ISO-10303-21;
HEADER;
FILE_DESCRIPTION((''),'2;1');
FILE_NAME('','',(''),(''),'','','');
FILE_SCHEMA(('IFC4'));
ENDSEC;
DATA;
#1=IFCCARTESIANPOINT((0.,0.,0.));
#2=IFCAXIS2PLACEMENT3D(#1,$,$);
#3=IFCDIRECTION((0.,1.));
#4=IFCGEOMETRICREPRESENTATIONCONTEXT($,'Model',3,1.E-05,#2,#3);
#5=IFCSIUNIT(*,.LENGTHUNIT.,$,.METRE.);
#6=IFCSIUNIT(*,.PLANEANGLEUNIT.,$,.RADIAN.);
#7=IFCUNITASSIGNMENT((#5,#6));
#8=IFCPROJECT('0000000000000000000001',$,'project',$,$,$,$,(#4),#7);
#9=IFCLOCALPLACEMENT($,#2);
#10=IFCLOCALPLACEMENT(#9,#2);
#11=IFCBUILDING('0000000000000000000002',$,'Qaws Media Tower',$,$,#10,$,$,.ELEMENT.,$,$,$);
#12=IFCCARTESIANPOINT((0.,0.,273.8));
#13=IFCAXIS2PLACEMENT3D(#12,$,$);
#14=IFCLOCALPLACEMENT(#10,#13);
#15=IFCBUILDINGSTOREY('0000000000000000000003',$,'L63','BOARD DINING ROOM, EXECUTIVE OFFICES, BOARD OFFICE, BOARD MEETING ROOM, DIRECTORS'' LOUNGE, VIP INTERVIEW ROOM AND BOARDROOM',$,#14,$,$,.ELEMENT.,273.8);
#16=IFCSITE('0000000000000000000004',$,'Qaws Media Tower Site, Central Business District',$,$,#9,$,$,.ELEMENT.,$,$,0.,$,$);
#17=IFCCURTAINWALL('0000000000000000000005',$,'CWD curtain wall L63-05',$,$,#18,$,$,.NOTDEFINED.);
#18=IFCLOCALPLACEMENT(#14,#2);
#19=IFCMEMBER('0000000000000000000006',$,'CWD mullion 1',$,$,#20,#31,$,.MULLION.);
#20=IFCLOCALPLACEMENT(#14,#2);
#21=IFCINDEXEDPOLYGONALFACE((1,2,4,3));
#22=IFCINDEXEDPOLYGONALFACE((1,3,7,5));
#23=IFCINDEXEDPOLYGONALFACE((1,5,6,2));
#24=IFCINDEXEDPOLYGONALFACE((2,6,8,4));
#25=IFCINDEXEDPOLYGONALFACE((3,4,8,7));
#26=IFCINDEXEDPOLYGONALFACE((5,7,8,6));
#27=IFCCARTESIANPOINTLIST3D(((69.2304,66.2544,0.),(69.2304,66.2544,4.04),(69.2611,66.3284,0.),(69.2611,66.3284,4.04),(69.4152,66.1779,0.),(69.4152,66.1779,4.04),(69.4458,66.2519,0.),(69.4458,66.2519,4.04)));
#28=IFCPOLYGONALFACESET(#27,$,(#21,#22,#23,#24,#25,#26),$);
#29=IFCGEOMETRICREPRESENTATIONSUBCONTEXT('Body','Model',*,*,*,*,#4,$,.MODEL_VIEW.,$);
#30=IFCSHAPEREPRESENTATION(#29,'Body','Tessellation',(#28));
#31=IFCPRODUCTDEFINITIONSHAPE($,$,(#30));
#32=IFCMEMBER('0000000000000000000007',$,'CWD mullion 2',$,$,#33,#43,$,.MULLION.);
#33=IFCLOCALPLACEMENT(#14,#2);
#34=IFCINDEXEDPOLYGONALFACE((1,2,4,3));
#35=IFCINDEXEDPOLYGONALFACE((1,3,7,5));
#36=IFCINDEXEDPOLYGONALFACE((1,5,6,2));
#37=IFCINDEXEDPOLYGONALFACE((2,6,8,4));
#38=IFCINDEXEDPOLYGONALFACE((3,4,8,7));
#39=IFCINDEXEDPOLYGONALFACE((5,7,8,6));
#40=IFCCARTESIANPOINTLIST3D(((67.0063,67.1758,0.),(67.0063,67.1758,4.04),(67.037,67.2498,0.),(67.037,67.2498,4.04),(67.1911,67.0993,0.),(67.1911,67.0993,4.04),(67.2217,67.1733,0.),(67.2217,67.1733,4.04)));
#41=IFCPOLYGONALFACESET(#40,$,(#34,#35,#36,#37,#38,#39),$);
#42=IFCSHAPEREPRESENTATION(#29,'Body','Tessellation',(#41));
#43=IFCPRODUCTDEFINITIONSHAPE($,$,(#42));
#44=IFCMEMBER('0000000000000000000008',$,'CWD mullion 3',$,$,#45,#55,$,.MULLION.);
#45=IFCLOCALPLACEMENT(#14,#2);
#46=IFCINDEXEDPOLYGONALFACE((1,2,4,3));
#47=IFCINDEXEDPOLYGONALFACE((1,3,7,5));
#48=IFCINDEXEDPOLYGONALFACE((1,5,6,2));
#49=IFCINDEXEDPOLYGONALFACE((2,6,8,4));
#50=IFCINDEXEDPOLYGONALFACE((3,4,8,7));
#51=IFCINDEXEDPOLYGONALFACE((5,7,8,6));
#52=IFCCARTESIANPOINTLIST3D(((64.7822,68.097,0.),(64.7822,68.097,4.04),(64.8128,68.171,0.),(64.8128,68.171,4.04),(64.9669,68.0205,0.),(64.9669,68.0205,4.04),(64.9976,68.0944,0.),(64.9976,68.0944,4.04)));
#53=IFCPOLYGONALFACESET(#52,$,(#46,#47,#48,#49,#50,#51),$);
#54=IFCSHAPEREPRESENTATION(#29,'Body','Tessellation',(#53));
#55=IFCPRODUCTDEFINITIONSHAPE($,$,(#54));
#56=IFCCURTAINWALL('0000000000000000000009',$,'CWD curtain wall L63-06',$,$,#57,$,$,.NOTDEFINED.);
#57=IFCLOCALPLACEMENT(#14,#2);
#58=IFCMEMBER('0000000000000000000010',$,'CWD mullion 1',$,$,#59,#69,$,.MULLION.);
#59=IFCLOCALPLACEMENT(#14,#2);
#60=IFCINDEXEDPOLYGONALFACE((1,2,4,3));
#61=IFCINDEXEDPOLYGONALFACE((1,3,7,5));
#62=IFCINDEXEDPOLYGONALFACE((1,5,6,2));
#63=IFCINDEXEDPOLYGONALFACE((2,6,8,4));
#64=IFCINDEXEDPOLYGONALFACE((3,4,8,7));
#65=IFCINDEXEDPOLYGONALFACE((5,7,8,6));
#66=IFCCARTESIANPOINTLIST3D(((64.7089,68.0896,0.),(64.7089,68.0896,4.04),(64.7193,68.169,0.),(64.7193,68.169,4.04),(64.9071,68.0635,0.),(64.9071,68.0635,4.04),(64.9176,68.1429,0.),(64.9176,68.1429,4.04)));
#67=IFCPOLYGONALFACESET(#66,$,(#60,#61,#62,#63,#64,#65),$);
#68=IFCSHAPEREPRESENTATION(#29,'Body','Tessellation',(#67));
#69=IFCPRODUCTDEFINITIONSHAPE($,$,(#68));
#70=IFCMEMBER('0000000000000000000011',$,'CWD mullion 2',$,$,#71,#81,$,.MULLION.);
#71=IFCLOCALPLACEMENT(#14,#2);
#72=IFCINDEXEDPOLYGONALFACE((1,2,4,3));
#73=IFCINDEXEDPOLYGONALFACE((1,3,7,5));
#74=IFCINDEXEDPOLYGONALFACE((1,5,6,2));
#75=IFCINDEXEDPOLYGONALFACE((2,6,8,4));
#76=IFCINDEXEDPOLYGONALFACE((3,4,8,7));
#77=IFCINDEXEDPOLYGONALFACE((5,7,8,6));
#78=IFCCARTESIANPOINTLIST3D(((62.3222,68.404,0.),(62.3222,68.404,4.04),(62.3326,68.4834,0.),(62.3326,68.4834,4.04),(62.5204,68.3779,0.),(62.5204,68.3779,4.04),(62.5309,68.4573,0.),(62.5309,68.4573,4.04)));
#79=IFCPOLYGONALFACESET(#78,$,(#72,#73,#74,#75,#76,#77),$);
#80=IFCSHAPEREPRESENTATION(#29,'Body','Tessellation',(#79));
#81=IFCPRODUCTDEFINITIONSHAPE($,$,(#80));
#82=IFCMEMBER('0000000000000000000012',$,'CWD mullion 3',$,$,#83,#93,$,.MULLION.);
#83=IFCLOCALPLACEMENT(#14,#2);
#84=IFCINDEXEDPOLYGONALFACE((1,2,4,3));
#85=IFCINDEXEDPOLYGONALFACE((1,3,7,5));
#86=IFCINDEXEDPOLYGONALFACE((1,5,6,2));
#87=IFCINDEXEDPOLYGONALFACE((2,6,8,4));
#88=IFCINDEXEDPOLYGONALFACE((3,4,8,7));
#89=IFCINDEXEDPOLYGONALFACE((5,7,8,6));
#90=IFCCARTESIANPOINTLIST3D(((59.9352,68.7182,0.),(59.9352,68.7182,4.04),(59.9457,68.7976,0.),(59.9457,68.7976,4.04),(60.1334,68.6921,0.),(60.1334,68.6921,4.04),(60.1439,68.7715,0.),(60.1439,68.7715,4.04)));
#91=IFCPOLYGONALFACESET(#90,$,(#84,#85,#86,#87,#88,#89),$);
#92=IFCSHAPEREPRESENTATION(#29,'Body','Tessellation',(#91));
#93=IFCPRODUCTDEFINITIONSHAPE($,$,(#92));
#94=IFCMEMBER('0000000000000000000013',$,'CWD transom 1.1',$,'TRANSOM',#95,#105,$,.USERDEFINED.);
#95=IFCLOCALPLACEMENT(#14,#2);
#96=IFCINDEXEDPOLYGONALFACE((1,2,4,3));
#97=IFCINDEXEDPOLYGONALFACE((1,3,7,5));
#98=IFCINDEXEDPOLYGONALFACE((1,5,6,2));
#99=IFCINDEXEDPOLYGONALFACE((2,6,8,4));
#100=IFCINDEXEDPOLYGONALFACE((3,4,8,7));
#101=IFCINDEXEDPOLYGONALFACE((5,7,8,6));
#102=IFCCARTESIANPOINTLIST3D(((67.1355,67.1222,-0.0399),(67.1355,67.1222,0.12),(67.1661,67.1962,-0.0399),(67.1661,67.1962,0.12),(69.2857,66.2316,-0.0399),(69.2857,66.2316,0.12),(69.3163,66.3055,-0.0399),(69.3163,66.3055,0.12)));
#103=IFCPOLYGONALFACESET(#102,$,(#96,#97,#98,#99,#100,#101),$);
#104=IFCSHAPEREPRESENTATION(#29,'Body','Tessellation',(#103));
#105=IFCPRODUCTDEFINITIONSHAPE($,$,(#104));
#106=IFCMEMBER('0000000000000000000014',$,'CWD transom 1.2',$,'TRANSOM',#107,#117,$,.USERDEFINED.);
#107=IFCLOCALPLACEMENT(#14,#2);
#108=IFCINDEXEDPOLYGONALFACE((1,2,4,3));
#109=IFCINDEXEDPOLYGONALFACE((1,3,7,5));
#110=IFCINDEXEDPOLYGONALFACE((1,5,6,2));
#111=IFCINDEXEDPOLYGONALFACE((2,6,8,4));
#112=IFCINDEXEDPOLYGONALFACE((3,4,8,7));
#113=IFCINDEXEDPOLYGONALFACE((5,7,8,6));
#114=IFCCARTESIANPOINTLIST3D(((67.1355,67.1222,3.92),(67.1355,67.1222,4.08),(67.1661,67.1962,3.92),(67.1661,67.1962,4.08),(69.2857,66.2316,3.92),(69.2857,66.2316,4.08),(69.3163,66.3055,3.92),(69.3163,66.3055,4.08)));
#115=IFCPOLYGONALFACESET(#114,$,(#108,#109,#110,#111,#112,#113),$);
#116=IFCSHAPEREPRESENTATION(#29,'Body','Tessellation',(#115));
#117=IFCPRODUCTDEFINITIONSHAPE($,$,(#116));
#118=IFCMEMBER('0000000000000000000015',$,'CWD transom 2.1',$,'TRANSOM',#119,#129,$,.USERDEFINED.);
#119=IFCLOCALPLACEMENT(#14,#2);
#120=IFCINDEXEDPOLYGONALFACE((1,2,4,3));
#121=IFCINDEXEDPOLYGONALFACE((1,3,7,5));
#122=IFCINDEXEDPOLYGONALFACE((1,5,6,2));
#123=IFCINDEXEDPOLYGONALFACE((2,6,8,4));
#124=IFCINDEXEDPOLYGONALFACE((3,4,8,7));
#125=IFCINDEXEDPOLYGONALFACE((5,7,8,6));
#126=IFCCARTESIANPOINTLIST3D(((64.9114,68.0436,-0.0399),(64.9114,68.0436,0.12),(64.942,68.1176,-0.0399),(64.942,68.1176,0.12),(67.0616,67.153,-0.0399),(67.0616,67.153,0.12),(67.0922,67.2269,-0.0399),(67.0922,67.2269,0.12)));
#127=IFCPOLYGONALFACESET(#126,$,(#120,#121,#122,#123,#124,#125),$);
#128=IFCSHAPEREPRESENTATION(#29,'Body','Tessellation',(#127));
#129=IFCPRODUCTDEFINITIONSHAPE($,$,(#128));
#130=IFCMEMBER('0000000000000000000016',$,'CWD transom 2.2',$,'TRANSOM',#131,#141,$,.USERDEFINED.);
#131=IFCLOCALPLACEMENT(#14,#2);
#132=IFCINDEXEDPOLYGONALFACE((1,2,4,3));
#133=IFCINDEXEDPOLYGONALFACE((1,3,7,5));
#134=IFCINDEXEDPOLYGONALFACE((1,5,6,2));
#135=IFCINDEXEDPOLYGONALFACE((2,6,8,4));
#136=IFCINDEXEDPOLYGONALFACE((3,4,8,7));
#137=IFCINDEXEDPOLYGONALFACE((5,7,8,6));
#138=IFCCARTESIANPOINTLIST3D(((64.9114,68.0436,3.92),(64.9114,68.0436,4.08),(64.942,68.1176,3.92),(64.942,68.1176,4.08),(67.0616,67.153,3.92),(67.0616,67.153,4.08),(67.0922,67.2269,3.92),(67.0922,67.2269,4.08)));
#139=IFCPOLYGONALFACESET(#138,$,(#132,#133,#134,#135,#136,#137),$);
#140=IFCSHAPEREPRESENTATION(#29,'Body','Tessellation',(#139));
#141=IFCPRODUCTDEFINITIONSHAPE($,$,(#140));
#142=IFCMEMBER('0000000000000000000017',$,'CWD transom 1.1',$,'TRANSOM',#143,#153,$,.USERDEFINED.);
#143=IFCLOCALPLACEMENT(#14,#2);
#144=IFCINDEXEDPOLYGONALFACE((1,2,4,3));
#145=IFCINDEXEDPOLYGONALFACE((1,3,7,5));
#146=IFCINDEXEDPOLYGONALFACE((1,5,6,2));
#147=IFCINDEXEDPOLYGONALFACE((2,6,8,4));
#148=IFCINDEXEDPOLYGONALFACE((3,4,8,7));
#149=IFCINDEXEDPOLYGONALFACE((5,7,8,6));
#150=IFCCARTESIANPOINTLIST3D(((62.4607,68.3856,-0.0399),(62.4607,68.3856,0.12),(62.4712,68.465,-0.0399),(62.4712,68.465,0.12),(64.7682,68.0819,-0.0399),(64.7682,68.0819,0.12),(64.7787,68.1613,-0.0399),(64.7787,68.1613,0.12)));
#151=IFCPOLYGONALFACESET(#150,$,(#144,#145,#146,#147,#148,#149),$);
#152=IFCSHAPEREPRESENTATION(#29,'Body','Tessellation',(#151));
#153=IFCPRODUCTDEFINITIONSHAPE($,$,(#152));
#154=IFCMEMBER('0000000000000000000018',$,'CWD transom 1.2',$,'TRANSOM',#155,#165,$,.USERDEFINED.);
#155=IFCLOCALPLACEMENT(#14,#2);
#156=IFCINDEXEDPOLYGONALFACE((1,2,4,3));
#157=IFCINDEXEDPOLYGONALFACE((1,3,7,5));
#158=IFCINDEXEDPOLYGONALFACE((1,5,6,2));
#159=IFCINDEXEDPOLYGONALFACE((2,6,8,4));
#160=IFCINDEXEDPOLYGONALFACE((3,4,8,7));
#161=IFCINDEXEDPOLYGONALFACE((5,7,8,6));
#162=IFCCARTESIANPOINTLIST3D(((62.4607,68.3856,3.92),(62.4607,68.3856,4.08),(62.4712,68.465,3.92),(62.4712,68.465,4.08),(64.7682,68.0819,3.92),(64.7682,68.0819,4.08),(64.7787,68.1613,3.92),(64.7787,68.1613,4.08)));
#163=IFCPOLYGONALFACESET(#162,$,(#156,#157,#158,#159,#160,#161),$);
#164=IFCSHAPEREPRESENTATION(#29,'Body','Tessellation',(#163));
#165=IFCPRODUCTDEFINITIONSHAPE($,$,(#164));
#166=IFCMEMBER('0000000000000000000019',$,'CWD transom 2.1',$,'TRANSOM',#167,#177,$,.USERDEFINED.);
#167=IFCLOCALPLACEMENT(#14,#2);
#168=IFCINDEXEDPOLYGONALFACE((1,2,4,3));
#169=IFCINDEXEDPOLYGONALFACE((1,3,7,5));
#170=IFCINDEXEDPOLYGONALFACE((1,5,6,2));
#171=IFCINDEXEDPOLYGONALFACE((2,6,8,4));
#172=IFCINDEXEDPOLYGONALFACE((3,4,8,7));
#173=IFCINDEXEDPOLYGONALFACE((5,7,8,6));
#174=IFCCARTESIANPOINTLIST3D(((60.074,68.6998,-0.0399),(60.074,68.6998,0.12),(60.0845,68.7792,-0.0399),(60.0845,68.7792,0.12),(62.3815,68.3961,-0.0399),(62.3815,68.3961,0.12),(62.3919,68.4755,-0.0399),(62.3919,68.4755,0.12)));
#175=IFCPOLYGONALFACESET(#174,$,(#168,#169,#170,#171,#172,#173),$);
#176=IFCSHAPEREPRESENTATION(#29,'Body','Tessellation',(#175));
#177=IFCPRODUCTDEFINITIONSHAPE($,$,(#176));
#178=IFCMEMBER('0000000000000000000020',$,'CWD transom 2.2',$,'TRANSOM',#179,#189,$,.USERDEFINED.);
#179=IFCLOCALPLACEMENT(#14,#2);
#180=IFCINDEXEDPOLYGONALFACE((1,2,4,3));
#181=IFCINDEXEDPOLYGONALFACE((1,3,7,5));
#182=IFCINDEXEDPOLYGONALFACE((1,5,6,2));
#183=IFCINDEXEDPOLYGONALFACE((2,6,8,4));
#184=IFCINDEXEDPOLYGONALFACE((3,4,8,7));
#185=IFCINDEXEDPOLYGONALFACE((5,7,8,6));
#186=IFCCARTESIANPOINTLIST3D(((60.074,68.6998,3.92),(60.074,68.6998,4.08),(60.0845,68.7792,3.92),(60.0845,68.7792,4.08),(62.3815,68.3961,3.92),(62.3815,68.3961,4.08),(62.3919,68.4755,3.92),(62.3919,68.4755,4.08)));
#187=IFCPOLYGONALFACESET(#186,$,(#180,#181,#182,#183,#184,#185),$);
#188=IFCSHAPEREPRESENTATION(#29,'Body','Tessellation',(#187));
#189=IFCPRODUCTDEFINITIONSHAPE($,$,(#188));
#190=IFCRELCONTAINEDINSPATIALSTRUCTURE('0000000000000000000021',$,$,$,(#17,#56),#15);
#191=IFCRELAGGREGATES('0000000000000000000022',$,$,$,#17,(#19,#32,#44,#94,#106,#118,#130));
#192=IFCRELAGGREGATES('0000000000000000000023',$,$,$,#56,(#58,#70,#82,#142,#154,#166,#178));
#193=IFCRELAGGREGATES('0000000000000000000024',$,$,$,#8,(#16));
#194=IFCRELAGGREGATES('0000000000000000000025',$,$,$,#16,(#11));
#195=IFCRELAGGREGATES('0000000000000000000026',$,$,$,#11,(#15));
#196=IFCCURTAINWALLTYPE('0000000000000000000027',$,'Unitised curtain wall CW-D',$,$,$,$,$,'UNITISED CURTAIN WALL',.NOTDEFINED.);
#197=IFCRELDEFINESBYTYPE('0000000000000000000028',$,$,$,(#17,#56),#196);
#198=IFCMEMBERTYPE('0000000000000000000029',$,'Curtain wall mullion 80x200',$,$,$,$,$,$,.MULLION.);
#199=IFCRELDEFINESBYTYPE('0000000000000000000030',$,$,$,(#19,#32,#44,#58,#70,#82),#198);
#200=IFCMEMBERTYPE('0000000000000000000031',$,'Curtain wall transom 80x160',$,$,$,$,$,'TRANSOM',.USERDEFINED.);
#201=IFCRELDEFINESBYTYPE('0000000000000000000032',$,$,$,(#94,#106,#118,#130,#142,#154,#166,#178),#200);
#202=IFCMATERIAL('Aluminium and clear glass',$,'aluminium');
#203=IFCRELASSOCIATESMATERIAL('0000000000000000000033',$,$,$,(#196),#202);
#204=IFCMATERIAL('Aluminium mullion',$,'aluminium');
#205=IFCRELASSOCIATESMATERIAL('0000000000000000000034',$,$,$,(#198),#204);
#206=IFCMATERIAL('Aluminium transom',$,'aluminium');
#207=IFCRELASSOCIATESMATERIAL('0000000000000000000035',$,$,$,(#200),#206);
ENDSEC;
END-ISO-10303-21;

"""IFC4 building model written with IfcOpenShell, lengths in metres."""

from ifc_helpers import new_model, si_unit, direction, frame, origin, origin_2d, place, context, subcontext, project, spatial, rectangle, extrude, material, material_profile, profile_set, type_object, element, aggregate, save


model = new_model("IFC4")

# Units and contexts
model_context = context("Model", 3, precision=1e-05, world=origin(), true_north=direction((0.0, 1.0)))
body_context = subcontext(model_context, "Body", "Model", "MODEL_VIEW")
ifc_project = project(units=[si_unit("LENGTHUNIT", "METRE"), si_unit("PLANEANGLEUNIT", "RADIAN")], contexts=[model_context])

# Site, building, storey
site_placement = place(None, origin())
site = spatial("IfcSite", under=ifc_project, at=site_placement, Name="Qaws Media Tower Site, Central Business District", CompositionType="ELEMENT", RefElevation=0.0)
building_placement = place(site_placement, origin())
building = spatial("IfcBuilding", under=site, at=building_placement, Name="Qaws Media Tower", CompositionType="ELEMENT")
storey_placement = place(building_placement, frame((0.0, 0.0, 273.8)))
storey = spatial("IfcBuildingStorey", under=building, at=storey_placement, Name="L63", Description="BOARD DINING ROOM, EXECUTIVE OFFICES, BOARD OFFICE, BOARD MEETING ROOM, DIRECTORS' LOUNGE, VIP INTERVIEW ROOM AND BOARDROOM", CompositionType="ELEMENT", Elevation=273.8)

# Curtain walls, members
ifc_material_1 = material(Name="Aluminium and clear glass", Category="aluminium")
curtain_wall_type = type_object("IfcCurtainWallType", Name="Unitised curtain wall CW-D", ElementType="UNITISED CURTAIN WALL", PredefinedType="NOTDEFINED", material=ifc_material_1)
curtain_wall_1_placement = place(storey_placement, origin())
curtain_wall_1 = element("IfcCurtainWall", 1, at=curtain_wall_1_placement, inside=storey, type_object=curtain_wall_type, Name="CWD curtain wall L63-05", PredefinedType="NOTDEFINED")
ifc_material_2 = material(Name="Aluminium mullion", Category="aluminium")
ifc_material_profile_1 = material_profile(ifc_material_2, rectangle(XDim=0.0801, YDim=0.2, at=origin_2d()), Name="80x200")
ifc_profile_set_1 = profile_set([ifc_material_profile_1], Name="Aluminium mullion")
member_type_1 = type_object("IfcMemberType", Name="Curtain wall mullion 80x200", PredefinedType="MULLION", material=ifc_profile_set_1)
member_1_placement = place(storey_placement, frame((69.3381, 66.2532, 0.0), z_axis=(0.0, 0.0, 1.0), x_axis=(-0.382683, -0.92388, 0.0)))
member_1 = element("IfcMember", 2, at=member_1_placement, type_object=member_type_1, Name="CWD mullion 1", PredefinedType="MULLION", context=body_context, shape_type="SweptSolid", body=[
    extrude(rectangle(XDim=0.0801, YDim=0.2, at=origin_2d()), origin(), (0.0, 0.0, 1.0), 4.04),
])
member_2_placement = place(storey_placement, frame((67.114, 67.1746, 0.0), z_axis=(0.0, 0.0, 1.0), x_axis=(-0.382683, -0.92388, 0.0)))
member_2 = element("IfcMember", 3, at=member_2_placement, type_object=member_type_1, Name="CWD mullion 2", PredefinedType="MULLION", context=body_context, shape_type="SweptSolid", body=[
    extrude(rectangle(XDim=0.0801, YDim=0.2, at=origin_2d()), origin(), (0.0, 0.0, 1.0), 4.04),
])
member_3_placement = place(storey_placement, frame((64.8899, 68.0957, 0.0), z_axis=(0.0, 0.0, 1.0), x_axis=(-0.382683, -0.92388, 0.0)))
member_3 = element("IfcMember", 4, at=member_3_placement, type_object=member_type_1, Name="CWD mullion 3", PredefinedType="MULLION", context=body_context, shape_type="SweptSolid", body=[
    extrude(rectangle(XDim=0.0801, YDim=0.2, at=origin_2d()), origin(), (0.0, 0.0, 1.0), 4.04),
])
curtain_wall_2_placement = place(storey_placement, origin())
curtain_wall_2 = element("IfcCurtainWall", 5, at=curtain_wall_2_placement, inside=storey, type_object=curtain_wall_type, Name="CWD curtain wall L63-06", PredefinedType="NOTDEFINED")
member_4_placement = place(storey_placement, frame((64.8132, 68.1162, 0.0), z_axis=(0.0, 0.0, 1.0), x_axis=(-0.130526, -0.991445, 0.0)))
member_4 = element("IfcMember", 6, at=member_4_placement, type_object=member_type_1, Name="CWD mullion 1", PredefinedType="MULLION", context=body_context, shape_type="SweptSolid", body=[
    extrude(rectangle(XDim=0.0801, YDim=0.2, at=origin_2d()), origin(), (0.0, 0.0, 1.0), 4.04),
])
member_5_placement = place(storey_placement, frame((62.4265, 68.4307, 0.0), z_axis=(0.0, 0.0, 1.0), x_axis=(-0.130526, -0.991445, 0.0)))
member_5 = element("IfcMember", 7, at=member_5_placement, type_object=member_type_1, Name="CWD mullion 2", PredefinedType="MULLION", context=body_context, shape_type="SweptSolid", body=[
    extrude(rectangle(XDim=0.0801, YDim=0.2, at=origin_2d()), origin(), (0.0, 0.0, 1.0), 4.04),
])
member_6_placement = place(storey_placement, frame((60.0396, 68.7449, 0.0), z_axis=(0.0, 0.0, 1.0), x_axis=(-0.130526, -0.991445, 0.0)))
member_6 = element("IfcMember", 8, at=member_6_placement, type_object=member_type_1, Name="CWD mullion 3", PredefinedType="MULLION", context=body_context, shape_type="SweptSolid", body=[
    extrude(rectangle(XDim=0.0801, YDim=0.2, at=origin_2d()), origin(), (0.0, 0.0, 1.0), 4.04),
])

# Members
ifc_material_3 = material(Name="Aluminium transom", Category="aluminium")
ifc_material_profile_2 = material_profile(ifc_material_3, rectangle(XDim=0.0801, YDim=0.1599, at=origin_2d()), Name="80x160")
ifc_profile_set_2 = profile_set([ifc_material_profile_2], Name="Aluminium transom")
member_type_2 = type_object("IfcMemberType", Name="Curtain wall transom 80x160", ElementType="TRANSOM", PredefinedType="USERDEFINED", material=ifc_profile_set_2)
member_7_placement = place(storey_placement, frame((69.301, 66.2686, 0.04), z_axis=(-0.923879, 0.382685, 0.0), x_axis=(-0.382685, -0.923879, 0.0)))
member_7 = element("IfcMember", 9, at=member_7_placement, type_object=member_type_2, Name="CWD transom 1.1", ObjectType="TRANSOM", PredefinedType="USERDEFINED", context=body_context, shape_type="SweptSolid", body=[
    extrude(rectangle(XDim=0.0801, YDim=0.1599, at=origin_2d()), origin(), (0.0, 0.0, 1.0), 2.3274),
])
member_8_placement = place(storey_placement, frame((69.301, 66.2686, 4.0), z_axis=(-0.923879, 0.382685, 0.0), x_axis=(-0.382685, -0.923879, 0.0)))
member_8 = element("IfcMember", 10, at=member_8_placement, type_object=member_type_2, Name="CWD transom 1.2", ObjectType="TRANSOM", PredefinedType="USERDEFINED", context=body_context, shape_type="SweptSolid", body=[
    extrude(rectangle(XDim=0.0801, YDim=0.1599, at=origin_2d()), origin(), (0.0, 0.0, 1.0), 2.3274),
])
member_9_placement = place(storey_placement, frame((67.0769, 67.1899, 0.04), z_axis=(-0.923879, 0.382685, 0.0), x_axis=(-0.382685, -0.923879, 0.0)))
member_9 = element("IfcMember", 11, at=member_9_placement, type_object=member_type_2, Name="CWD transom 2.1", ObjectType="TRANSOM", PredefinedType="USERDEFINED", context=body_context, shape_type="SweptSolid", body=[
    extrude(rectangle(XDim=0.0801, YDim=0.1599, at=origin_2d()), origin(), (0.0, 0.0, 1.0), 2.3274),
])
member_10_placement = place(storey_placement, frame((67.0769, 67.1899, 4.0), z_axis=(-0.923879, 0.382685, 0.0), x_axis=(-0.382685, -0.923879, 0.0)))
member_10 = element("IfcMember", 12, at=member_10_placement, type_object=member_type_2, Name="CWD transom 2.2", ObjectType="TRANSOM", PredefinedType="USERDEFINED", context=body_context, shape_type="SweptSolid", body=[
    extrude(rectangle(XDim=0.0801, YDim=0.1599, at=origin_2d()), origin(), (0.0, 0.0, 1.0), 2.3274),
])
member_11_placement = place(storey_placement, frame((64.7734, 68.1216, 0.04), z_axis=(-0.991448, 0.130501, 0.0), x_axis=(-0.130501, -0.991448, 0.0)))
member_11 = element("IfcMember", 13, at=member_11_placement, type_object=member_type_2, Name="CWD transom 1.1", ObjectType="TRANSOM", PredefinedType="USERDEFINED", context=body_context, shape_type="SweptSolid", body=[
    extrude(rectangle(XDim=0.0801, YDim=0.1599, at=origin_2d()), origin(), (0.0, 0.0, 1.0), 2.3274),
])
member_12_placement = place(storey_placement, frame((64.7734, 68.1216, 4.0), z_axis=(-0.991448, 0.130501, 0.0), x_axis=(-0.130501, -0.991448, 0.0)))
member_12 = element("IfcMember", 14, at=member_12_placement, type_object=member_type_2, Name="CWD transom 1.2", ObjectType="TRANSOM", PredefinedType="USERDEFINED", context=body_context, shape_type="SweptSolid", body=[
    extrude(rectangle(XDim=0.0801, YDim=0.1599, at=origin_2d()), origin(), (0.0, 0.0, 1.0), 2.3274),
])
member_13_placement = place(storey_placement, frame((62.3867, 68.4358, 0.04), z_axis=(-0.991448, 0.130501, 0.0), x_axis=(-0.130501, -0.991448, 0.0)))
member_13 = element("IfcMember", 15, at=member_13_placement, type_object=member_type_2, Name="CWD transom 2.1", ObjectType="TRANSOM", PredefinedType="USERDEFINED", context=body_context, shape_type="SweptSolid", body=[
    extrude(rectangle(XDim=0.0801, YDim=0.1599, at=origin_2d()), origin(), (0.0, 0.0, 1.0), 2.3274),
])
member_14_placement = place(storey_placement, frame((62.3867, 68.4358, 4.0), z_axis=(-0.991448, 0.130501, 0.0), x_axis=(-0.130501, -0.991448, 0.0)))
member_14 = element("IfcMember", 16, at=member_14_placement, type_object=member_type_2, Name="CWD transom 2.2", ObjectType="TRANSOM", PredefinedType="USERDEFINED", context=body_context, shape_type="SweptSolid", body=[
    extrude(rectangle(XDim=0.0801, YDim=0.1599, at=origin_2d()), origin(), (0.0, 0.0, 1.0), 2.3274),
])

aggregate(curtain_wall_1, [member_1, member_2, member_3, member_7, member_8, member_9, member_10])
aggregate(curtain_wall_2, [member_4, member_5, member_6, member_11, member_12, member_13, member_14])

save(model, "model.ifc")
